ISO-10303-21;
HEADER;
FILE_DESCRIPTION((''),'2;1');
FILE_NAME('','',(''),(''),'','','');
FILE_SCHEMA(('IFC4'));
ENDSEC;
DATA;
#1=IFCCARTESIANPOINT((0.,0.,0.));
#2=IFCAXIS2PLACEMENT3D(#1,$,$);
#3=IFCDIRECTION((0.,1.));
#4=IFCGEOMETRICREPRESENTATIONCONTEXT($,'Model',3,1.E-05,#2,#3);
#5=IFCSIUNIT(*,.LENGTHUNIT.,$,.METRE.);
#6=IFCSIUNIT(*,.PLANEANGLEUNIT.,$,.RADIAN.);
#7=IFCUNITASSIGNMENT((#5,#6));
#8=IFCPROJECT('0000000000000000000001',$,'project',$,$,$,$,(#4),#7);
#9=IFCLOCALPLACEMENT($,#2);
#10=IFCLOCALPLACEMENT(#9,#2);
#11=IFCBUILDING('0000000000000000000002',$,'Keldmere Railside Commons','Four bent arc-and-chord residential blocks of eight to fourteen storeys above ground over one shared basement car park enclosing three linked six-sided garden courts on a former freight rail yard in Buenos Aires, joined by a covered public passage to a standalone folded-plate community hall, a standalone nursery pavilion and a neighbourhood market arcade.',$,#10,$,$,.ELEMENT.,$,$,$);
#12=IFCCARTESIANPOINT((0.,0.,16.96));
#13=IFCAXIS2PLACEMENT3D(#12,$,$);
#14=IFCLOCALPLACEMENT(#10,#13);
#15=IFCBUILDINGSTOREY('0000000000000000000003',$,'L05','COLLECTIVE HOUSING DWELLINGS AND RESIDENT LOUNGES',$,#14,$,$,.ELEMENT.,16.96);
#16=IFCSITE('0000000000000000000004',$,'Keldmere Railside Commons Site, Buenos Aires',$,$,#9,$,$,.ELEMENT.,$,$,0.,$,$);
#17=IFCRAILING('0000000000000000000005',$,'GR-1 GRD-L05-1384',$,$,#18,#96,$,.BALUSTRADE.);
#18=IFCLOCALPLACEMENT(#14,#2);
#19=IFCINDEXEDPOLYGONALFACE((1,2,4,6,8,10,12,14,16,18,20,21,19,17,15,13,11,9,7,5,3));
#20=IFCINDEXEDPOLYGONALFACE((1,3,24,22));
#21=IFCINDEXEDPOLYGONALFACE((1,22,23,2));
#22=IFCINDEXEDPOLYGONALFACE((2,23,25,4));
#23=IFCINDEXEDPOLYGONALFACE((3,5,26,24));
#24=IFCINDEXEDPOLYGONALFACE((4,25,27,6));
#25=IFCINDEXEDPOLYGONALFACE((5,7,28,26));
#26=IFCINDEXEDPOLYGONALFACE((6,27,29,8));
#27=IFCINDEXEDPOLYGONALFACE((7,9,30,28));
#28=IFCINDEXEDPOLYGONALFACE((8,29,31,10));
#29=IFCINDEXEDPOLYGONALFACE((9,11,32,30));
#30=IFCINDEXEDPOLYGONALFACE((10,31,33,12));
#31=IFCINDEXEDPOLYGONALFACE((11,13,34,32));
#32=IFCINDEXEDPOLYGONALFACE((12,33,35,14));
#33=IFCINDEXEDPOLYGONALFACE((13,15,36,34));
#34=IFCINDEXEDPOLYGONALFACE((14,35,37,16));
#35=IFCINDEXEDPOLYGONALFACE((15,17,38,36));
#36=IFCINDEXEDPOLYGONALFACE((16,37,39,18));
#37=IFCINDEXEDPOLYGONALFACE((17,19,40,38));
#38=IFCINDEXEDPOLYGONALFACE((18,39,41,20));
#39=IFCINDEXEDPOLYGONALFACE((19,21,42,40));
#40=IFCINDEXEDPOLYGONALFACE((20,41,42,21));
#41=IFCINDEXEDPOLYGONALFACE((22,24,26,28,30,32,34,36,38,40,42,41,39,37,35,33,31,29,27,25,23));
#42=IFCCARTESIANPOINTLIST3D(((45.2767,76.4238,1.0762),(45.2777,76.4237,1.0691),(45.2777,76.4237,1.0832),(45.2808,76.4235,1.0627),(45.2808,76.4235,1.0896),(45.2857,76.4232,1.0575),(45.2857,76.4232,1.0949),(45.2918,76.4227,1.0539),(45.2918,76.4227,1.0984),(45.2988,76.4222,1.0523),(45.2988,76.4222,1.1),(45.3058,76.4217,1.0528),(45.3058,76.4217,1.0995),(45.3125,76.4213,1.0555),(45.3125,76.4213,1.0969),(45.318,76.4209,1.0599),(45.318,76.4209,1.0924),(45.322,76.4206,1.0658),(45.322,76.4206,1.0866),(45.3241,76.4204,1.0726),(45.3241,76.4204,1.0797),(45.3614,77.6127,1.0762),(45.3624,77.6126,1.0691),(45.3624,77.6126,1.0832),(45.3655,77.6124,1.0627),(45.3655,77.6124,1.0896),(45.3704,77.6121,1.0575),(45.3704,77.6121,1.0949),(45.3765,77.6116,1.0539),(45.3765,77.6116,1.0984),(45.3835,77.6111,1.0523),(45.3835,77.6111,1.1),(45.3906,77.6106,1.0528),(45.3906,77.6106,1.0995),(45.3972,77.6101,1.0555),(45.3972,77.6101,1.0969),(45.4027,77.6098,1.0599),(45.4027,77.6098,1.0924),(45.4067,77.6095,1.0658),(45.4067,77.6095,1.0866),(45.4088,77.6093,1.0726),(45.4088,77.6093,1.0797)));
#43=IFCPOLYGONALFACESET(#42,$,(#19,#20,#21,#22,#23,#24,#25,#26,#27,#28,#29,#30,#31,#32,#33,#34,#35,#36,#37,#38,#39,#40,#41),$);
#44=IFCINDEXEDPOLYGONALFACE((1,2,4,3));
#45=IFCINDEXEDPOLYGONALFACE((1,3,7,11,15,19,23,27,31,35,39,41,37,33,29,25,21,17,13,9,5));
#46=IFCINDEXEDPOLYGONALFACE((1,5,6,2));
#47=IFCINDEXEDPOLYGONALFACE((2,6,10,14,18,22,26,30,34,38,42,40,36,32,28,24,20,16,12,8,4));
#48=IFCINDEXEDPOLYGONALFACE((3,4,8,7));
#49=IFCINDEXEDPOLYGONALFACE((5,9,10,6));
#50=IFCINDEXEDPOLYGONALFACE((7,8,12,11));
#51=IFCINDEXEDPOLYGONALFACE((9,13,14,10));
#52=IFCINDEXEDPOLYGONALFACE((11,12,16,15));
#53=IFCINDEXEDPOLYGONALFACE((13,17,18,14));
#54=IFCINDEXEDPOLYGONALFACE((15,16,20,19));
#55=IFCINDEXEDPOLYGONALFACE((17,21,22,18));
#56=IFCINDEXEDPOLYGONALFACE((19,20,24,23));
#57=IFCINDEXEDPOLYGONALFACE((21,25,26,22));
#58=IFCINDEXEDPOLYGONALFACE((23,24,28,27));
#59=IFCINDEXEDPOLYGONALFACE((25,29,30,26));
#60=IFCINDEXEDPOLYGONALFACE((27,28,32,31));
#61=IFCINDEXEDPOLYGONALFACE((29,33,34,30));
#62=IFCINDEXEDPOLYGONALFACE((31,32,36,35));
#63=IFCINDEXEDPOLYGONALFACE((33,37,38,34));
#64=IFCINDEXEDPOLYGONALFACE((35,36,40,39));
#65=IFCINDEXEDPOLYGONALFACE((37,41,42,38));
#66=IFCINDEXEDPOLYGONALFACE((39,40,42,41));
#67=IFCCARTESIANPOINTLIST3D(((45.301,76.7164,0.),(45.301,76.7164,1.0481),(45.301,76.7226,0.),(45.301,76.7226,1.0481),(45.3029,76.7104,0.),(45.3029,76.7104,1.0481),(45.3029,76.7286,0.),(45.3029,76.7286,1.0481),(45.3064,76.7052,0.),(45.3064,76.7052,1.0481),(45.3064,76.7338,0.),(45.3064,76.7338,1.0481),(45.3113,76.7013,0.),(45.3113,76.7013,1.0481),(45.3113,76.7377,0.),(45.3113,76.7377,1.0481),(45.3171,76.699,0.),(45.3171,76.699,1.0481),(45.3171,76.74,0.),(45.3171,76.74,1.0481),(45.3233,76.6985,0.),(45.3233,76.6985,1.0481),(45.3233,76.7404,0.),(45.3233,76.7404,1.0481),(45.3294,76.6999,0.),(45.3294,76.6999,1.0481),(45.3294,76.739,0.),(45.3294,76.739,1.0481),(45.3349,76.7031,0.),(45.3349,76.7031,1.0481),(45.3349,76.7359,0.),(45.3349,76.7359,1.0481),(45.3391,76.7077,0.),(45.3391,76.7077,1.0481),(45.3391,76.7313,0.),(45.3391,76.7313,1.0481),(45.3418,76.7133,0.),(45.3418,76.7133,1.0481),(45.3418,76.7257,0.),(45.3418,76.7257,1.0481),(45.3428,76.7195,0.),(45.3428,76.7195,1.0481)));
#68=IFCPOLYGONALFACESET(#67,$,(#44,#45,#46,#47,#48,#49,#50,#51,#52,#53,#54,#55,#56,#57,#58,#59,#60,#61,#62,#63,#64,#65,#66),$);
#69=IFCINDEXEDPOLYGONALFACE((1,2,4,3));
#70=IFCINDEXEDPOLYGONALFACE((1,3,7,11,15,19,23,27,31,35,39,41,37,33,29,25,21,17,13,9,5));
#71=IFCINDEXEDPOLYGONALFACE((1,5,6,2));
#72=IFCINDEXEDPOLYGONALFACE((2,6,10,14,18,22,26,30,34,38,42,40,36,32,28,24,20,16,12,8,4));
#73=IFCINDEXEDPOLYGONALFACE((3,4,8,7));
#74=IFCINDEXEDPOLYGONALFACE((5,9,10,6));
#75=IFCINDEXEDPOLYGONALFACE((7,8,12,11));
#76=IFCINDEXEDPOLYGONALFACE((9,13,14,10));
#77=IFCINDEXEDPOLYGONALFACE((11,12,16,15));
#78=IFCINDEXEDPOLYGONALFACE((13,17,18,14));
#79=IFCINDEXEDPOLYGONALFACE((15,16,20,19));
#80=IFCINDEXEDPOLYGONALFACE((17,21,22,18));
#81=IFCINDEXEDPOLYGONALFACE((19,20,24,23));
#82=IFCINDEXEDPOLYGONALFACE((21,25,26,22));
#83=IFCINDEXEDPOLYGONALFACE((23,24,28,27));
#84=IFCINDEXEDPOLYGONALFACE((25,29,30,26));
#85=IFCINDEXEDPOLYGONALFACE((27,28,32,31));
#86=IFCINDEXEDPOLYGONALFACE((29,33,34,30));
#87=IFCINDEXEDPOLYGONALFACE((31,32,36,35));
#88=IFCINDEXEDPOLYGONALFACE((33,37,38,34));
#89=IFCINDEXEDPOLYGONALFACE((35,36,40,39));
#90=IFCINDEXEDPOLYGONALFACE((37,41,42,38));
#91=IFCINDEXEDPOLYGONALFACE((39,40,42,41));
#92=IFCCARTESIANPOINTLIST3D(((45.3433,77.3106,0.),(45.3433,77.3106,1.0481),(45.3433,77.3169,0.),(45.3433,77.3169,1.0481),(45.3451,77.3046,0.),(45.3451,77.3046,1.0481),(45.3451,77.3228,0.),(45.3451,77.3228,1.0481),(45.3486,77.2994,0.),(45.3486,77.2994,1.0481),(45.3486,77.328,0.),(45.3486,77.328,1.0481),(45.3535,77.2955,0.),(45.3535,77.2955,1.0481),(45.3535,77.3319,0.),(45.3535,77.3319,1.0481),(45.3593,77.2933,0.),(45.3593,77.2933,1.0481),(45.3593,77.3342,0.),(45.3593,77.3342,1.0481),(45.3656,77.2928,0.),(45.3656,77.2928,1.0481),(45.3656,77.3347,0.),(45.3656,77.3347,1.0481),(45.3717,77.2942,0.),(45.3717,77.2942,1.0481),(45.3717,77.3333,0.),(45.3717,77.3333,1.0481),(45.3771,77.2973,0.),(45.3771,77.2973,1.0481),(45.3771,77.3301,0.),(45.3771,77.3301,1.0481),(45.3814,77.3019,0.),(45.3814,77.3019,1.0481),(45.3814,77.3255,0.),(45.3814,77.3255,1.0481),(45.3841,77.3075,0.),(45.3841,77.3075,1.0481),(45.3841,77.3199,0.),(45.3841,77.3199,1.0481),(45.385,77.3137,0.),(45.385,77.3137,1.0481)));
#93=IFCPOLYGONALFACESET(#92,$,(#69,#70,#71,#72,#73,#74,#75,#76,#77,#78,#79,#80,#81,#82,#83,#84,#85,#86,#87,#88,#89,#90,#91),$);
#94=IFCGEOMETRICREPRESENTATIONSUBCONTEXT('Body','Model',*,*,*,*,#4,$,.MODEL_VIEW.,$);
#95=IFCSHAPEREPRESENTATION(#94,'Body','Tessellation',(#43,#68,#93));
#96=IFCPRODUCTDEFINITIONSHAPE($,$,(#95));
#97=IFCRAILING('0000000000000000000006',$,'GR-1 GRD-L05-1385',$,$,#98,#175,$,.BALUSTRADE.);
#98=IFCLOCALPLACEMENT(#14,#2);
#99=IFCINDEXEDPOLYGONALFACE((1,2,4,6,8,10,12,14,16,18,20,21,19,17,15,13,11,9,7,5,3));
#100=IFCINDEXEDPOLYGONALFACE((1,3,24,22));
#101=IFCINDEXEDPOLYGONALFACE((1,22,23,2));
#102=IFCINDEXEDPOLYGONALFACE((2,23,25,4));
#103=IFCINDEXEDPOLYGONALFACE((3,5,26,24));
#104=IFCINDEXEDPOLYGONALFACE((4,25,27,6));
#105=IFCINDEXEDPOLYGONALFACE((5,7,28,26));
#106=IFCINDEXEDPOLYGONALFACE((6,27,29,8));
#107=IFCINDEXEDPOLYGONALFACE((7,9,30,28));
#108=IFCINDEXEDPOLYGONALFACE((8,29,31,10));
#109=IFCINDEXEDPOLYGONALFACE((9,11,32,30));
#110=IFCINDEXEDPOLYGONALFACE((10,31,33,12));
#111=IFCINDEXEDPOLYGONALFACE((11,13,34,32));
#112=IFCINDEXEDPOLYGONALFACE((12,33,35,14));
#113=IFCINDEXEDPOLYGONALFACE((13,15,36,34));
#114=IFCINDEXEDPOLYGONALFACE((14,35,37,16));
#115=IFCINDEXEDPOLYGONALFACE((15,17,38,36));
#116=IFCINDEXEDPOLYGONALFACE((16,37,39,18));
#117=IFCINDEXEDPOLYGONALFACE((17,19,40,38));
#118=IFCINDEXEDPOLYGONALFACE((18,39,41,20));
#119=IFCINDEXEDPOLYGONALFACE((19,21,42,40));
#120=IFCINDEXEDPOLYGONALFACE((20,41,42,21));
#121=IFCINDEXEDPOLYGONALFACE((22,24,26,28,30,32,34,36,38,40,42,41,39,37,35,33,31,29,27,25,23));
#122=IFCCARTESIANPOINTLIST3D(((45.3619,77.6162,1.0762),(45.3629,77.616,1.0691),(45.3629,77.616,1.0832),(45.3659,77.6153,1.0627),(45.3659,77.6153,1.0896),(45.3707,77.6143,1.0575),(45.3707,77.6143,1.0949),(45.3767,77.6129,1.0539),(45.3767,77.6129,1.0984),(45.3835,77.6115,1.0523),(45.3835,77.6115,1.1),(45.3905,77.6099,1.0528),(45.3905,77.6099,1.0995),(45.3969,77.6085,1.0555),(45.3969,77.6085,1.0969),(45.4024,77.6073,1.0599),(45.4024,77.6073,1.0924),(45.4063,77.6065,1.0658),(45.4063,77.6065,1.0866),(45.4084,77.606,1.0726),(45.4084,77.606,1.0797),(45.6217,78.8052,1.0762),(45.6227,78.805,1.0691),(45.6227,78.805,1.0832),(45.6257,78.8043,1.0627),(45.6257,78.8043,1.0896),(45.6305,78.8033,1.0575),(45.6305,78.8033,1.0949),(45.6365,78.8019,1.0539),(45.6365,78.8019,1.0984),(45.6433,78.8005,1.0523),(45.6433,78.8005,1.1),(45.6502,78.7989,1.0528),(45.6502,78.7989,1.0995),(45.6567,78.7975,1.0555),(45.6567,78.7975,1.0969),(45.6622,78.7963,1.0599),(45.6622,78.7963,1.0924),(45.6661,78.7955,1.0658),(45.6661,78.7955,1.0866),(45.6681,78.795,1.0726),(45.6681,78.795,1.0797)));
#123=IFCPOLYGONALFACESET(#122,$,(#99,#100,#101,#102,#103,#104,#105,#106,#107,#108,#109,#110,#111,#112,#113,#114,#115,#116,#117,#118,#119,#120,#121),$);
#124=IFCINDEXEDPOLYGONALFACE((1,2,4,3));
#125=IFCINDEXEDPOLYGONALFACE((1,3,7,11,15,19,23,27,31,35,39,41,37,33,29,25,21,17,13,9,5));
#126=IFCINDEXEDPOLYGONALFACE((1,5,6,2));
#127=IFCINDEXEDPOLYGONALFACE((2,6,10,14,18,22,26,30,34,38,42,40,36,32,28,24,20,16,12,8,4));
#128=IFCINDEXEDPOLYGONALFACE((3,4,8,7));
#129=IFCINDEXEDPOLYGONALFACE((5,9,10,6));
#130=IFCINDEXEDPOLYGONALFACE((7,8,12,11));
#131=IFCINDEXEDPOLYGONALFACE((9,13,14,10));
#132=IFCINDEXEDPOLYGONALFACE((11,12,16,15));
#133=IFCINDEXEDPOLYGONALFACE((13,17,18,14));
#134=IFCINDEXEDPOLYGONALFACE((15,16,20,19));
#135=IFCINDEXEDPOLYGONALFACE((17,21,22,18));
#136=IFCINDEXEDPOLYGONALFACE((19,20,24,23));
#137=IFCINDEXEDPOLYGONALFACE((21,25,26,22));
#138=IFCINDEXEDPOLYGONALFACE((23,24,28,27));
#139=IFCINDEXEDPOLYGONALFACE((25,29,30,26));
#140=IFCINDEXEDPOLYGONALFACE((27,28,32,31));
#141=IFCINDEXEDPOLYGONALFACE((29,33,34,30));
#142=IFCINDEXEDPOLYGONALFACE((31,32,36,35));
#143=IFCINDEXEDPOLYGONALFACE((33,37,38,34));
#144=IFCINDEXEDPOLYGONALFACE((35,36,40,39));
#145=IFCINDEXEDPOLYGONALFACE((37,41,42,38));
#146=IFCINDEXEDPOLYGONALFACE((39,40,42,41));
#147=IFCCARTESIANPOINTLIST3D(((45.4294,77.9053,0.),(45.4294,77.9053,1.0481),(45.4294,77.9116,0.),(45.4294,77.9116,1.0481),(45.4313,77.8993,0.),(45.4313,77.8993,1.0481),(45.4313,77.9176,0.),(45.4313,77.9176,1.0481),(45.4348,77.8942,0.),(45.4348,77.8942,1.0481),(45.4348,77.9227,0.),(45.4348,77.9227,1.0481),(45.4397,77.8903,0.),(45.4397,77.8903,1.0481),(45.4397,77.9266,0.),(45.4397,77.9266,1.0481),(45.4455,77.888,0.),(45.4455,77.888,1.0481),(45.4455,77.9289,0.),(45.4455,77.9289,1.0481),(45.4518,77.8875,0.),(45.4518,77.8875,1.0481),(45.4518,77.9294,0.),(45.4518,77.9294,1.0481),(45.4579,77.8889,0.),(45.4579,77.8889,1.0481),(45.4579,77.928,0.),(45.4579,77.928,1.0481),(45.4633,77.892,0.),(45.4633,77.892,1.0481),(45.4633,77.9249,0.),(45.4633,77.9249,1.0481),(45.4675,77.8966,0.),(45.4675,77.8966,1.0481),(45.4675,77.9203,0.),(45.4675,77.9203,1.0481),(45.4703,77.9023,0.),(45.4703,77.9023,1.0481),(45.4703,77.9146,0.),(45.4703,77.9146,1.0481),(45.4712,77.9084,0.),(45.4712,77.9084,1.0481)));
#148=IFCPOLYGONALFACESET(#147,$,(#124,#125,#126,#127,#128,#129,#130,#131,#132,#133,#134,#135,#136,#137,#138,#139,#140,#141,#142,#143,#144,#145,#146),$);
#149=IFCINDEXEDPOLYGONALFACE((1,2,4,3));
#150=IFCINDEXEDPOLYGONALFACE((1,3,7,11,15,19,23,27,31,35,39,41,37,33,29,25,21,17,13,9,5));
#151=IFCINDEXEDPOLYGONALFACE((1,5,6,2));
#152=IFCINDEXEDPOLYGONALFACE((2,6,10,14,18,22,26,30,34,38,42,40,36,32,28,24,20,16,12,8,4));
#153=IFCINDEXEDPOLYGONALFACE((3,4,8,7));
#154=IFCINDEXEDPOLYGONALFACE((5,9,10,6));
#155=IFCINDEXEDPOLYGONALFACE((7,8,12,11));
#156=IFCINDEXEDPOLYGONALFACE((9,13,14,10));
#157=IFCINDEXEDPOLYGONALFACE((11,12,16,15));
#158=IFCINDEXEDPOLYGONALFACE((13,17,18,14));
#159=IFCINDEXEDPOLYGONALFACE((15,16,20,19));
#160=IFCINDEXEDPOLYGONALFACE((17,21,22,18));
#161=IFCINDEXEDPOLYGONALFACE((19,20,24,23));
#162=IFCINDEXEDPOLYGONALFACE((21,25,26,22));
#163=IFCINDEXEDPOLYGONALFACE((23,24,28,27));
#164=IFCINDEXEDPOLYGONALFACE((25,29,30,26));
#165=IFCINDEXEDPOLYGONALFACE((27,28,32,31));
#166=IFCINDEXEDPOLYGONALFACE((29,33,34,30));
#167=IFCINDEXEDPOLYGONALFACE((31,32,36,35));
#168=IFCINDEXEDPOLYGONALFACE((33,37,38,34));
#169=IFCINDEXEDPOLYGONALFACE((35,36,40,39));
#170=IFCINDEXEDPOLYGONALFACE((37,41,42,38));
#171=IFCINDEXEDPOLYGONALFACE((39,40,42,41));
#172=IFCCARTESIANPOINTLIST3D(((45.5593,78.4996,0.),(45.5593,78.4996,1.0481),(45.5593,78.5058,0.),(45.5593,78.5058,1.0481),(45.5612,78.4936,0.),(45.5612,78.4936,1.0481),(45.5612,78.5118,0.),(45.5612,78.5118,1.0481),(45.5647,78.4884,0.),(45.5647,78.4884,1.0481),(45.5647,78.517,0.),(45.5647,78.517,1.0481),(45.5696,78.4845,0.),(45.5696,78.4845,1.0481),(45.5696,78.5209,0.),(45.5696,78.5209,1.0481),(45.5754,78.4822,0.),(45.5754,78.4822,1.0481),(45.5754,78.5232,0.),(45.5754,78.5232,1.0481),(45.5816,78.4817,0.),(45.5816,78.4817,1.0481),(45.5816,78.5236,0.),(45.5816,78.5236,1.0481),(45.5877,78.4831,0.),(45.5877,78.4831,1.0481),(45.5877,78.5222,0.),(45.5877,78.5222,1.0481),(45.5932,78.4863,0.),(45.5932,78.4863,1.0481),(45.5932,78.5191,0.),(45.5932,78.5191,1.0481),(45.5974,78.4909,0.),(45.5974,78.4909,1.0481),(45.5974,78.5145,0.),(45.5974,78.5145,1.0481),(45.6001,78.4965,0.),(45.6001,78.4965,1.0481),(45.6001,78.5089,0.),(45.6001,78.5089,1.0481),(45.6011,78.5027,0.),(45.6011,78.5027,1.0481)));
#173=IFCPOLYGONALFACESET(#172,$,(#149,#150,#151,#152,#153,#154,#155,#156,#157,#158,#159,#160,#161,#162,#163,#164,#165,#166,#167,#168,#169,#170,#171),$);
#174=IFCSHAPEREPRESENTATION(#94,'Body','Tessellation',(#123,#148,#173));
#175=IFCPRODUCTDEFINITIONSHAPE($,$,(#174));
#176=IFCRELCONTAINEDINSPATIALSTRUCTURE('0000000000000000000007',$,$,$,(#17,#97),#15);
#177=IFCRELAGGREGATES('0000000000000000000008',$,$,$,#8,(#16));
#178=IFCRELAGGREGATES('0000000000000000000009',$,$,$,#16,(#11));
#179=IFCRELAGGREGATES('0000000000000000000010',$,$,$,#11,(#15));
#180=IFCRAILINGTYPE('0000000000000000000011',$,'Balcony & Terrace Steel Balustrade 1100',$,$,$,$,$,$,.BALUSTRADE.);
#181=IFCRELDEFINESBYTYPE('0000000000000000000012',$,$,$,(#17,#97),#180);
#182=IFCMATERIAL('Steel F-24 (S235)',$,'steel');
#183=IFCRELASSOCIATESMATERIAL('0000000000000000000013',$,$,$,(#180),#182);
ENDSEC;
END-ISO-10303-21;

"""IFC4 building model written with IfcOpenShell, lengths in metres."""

from ifc_helpers import new_model, si_unit, direction, frame, origin, origin_2d, place, context, subcontext, project, spatial, circle, extrude, material, type_object, element, save


model = new_model("IFC4")

# Units and contexts
model_context = context("Model", 3, precision=1e-05, world=origin(), true_north=direction((0.0, 1.0)))
body_context = subcontext(model_context, "Body", "Model", "MODEL_VIEW")
ifc_project = project(units=[si_unit("LENGTHUNIT", "METRE"), si_unit("PLANEANGLEUNIT", "RADIAN")], contexts=[model_context])

# Site, building, storey
site_placement = place(None, origin())
site = spatial("IfcSite", under=ifc_project, at=site_placement, Name="Keldmere Railside Commons Site, Buenos Aires", CompositionType="ELEMENT", RefElevation=0.0)
building_placement = place(site_placement, origin())
building = spatial("IfcBuilding", under=site, at=building_placement, Name="Keldmere Railside Commons", Description="Four bent arc-and-chord residential blocks of eight to fourteen storeys above ground over one shared basement car park enclosing three linked six-sided garden courts on a former freight rail yard in Buenos Aires, joined by a covered public passage to a standalone folded-plate community hall, a standalone nursery pavilion and a neighbourhood market arcade.", CompositionType="ELEMENT")
storey_placement = place(building_placement, frame((0.0, 0.0, 16.96)))
storey = spatial("IfcBuildingStorey", under=building, at=storey_placement, Name="L05", Description="COLLECTIVE HOUSING DWELLINGS AND RESIDENT LOUNGES", CompositionType="ELEMENT", Elevation=16.96)

# Railings
ifc_material_1 = material(Name="Steel F-24 (S235)", Category="steel")
railing_type = type_object("IfcRailingType", Name="Balcony & Terrace Steel Balustrade 1100", PredefinedType="BALUSTRADE", material=ifc_material_1)
railing_1_placement = place(storey_placement, frame((45.3005, 76.4221, 0.0)))
element("IfcRailing", 1, at=railing_1_placement, inside=storey, type_object=railing_type, Name="GR-1 GRD-L05-1384", PredefinedType="BALUSTRADE", context=body_context, shape_type="SweptSolid", body=[
    extrude(circle(Radius=0.0239, at=origin_2d()), frame((0.0, 0.0, 1.0762), z_axis=(0.071072, 0.997471, 0.0), x_axis=(-0.997471, 0.071072, 0.0)), (0.0, 0.0, 1.0), 1.1919),
    extrude(circle(Radius=0.021, at=origin_2d()), frame((0.0212, 0.2974, 0.0)), (0.0, 0.0, 1.0), 1.0481),
    extrude(circle(Radius=0.021, at=origin_2d()), frame((0.0635, 0.8916, 0.0)), (0.0, 0.0, 1.0), 1.0481),
])
railing_2_placement = place(storey_placement, frame((45.3853, 77.6111, 0.0)))
element("IfcRailing", 2, at=railing_2_placement, inside=storey, type_object=railing_type, Name="GR-1 GRD-L05-1385", PredefinedType="BALUSTRADE", context=body_context, shape_type="SweptSolid", body=[
    extrude(circle(Radius=0.0239, at=origin_2d()), frame((0.0, 0.0, 1.0762), z_axis=(0.213446, 0.976955, 0.0), x_axis=(-0.976955, 0.213446, 0.0)), (0.0, 0.0, 1.0), 1.217),
    extrude(circle(Radius=0.021, at=origin_2d()), frame((0.0649, 0.2974, 0.0)), (0.0, 0.0, 1.0), 1.0481),
    extrude(circle(Radius=0.021, at=origin_2d()), frame((0.1948, 0.8916, 0.0)), (0.0, 0.0, 1.0), 1.0481),
])

save(model, "model.ifc")
